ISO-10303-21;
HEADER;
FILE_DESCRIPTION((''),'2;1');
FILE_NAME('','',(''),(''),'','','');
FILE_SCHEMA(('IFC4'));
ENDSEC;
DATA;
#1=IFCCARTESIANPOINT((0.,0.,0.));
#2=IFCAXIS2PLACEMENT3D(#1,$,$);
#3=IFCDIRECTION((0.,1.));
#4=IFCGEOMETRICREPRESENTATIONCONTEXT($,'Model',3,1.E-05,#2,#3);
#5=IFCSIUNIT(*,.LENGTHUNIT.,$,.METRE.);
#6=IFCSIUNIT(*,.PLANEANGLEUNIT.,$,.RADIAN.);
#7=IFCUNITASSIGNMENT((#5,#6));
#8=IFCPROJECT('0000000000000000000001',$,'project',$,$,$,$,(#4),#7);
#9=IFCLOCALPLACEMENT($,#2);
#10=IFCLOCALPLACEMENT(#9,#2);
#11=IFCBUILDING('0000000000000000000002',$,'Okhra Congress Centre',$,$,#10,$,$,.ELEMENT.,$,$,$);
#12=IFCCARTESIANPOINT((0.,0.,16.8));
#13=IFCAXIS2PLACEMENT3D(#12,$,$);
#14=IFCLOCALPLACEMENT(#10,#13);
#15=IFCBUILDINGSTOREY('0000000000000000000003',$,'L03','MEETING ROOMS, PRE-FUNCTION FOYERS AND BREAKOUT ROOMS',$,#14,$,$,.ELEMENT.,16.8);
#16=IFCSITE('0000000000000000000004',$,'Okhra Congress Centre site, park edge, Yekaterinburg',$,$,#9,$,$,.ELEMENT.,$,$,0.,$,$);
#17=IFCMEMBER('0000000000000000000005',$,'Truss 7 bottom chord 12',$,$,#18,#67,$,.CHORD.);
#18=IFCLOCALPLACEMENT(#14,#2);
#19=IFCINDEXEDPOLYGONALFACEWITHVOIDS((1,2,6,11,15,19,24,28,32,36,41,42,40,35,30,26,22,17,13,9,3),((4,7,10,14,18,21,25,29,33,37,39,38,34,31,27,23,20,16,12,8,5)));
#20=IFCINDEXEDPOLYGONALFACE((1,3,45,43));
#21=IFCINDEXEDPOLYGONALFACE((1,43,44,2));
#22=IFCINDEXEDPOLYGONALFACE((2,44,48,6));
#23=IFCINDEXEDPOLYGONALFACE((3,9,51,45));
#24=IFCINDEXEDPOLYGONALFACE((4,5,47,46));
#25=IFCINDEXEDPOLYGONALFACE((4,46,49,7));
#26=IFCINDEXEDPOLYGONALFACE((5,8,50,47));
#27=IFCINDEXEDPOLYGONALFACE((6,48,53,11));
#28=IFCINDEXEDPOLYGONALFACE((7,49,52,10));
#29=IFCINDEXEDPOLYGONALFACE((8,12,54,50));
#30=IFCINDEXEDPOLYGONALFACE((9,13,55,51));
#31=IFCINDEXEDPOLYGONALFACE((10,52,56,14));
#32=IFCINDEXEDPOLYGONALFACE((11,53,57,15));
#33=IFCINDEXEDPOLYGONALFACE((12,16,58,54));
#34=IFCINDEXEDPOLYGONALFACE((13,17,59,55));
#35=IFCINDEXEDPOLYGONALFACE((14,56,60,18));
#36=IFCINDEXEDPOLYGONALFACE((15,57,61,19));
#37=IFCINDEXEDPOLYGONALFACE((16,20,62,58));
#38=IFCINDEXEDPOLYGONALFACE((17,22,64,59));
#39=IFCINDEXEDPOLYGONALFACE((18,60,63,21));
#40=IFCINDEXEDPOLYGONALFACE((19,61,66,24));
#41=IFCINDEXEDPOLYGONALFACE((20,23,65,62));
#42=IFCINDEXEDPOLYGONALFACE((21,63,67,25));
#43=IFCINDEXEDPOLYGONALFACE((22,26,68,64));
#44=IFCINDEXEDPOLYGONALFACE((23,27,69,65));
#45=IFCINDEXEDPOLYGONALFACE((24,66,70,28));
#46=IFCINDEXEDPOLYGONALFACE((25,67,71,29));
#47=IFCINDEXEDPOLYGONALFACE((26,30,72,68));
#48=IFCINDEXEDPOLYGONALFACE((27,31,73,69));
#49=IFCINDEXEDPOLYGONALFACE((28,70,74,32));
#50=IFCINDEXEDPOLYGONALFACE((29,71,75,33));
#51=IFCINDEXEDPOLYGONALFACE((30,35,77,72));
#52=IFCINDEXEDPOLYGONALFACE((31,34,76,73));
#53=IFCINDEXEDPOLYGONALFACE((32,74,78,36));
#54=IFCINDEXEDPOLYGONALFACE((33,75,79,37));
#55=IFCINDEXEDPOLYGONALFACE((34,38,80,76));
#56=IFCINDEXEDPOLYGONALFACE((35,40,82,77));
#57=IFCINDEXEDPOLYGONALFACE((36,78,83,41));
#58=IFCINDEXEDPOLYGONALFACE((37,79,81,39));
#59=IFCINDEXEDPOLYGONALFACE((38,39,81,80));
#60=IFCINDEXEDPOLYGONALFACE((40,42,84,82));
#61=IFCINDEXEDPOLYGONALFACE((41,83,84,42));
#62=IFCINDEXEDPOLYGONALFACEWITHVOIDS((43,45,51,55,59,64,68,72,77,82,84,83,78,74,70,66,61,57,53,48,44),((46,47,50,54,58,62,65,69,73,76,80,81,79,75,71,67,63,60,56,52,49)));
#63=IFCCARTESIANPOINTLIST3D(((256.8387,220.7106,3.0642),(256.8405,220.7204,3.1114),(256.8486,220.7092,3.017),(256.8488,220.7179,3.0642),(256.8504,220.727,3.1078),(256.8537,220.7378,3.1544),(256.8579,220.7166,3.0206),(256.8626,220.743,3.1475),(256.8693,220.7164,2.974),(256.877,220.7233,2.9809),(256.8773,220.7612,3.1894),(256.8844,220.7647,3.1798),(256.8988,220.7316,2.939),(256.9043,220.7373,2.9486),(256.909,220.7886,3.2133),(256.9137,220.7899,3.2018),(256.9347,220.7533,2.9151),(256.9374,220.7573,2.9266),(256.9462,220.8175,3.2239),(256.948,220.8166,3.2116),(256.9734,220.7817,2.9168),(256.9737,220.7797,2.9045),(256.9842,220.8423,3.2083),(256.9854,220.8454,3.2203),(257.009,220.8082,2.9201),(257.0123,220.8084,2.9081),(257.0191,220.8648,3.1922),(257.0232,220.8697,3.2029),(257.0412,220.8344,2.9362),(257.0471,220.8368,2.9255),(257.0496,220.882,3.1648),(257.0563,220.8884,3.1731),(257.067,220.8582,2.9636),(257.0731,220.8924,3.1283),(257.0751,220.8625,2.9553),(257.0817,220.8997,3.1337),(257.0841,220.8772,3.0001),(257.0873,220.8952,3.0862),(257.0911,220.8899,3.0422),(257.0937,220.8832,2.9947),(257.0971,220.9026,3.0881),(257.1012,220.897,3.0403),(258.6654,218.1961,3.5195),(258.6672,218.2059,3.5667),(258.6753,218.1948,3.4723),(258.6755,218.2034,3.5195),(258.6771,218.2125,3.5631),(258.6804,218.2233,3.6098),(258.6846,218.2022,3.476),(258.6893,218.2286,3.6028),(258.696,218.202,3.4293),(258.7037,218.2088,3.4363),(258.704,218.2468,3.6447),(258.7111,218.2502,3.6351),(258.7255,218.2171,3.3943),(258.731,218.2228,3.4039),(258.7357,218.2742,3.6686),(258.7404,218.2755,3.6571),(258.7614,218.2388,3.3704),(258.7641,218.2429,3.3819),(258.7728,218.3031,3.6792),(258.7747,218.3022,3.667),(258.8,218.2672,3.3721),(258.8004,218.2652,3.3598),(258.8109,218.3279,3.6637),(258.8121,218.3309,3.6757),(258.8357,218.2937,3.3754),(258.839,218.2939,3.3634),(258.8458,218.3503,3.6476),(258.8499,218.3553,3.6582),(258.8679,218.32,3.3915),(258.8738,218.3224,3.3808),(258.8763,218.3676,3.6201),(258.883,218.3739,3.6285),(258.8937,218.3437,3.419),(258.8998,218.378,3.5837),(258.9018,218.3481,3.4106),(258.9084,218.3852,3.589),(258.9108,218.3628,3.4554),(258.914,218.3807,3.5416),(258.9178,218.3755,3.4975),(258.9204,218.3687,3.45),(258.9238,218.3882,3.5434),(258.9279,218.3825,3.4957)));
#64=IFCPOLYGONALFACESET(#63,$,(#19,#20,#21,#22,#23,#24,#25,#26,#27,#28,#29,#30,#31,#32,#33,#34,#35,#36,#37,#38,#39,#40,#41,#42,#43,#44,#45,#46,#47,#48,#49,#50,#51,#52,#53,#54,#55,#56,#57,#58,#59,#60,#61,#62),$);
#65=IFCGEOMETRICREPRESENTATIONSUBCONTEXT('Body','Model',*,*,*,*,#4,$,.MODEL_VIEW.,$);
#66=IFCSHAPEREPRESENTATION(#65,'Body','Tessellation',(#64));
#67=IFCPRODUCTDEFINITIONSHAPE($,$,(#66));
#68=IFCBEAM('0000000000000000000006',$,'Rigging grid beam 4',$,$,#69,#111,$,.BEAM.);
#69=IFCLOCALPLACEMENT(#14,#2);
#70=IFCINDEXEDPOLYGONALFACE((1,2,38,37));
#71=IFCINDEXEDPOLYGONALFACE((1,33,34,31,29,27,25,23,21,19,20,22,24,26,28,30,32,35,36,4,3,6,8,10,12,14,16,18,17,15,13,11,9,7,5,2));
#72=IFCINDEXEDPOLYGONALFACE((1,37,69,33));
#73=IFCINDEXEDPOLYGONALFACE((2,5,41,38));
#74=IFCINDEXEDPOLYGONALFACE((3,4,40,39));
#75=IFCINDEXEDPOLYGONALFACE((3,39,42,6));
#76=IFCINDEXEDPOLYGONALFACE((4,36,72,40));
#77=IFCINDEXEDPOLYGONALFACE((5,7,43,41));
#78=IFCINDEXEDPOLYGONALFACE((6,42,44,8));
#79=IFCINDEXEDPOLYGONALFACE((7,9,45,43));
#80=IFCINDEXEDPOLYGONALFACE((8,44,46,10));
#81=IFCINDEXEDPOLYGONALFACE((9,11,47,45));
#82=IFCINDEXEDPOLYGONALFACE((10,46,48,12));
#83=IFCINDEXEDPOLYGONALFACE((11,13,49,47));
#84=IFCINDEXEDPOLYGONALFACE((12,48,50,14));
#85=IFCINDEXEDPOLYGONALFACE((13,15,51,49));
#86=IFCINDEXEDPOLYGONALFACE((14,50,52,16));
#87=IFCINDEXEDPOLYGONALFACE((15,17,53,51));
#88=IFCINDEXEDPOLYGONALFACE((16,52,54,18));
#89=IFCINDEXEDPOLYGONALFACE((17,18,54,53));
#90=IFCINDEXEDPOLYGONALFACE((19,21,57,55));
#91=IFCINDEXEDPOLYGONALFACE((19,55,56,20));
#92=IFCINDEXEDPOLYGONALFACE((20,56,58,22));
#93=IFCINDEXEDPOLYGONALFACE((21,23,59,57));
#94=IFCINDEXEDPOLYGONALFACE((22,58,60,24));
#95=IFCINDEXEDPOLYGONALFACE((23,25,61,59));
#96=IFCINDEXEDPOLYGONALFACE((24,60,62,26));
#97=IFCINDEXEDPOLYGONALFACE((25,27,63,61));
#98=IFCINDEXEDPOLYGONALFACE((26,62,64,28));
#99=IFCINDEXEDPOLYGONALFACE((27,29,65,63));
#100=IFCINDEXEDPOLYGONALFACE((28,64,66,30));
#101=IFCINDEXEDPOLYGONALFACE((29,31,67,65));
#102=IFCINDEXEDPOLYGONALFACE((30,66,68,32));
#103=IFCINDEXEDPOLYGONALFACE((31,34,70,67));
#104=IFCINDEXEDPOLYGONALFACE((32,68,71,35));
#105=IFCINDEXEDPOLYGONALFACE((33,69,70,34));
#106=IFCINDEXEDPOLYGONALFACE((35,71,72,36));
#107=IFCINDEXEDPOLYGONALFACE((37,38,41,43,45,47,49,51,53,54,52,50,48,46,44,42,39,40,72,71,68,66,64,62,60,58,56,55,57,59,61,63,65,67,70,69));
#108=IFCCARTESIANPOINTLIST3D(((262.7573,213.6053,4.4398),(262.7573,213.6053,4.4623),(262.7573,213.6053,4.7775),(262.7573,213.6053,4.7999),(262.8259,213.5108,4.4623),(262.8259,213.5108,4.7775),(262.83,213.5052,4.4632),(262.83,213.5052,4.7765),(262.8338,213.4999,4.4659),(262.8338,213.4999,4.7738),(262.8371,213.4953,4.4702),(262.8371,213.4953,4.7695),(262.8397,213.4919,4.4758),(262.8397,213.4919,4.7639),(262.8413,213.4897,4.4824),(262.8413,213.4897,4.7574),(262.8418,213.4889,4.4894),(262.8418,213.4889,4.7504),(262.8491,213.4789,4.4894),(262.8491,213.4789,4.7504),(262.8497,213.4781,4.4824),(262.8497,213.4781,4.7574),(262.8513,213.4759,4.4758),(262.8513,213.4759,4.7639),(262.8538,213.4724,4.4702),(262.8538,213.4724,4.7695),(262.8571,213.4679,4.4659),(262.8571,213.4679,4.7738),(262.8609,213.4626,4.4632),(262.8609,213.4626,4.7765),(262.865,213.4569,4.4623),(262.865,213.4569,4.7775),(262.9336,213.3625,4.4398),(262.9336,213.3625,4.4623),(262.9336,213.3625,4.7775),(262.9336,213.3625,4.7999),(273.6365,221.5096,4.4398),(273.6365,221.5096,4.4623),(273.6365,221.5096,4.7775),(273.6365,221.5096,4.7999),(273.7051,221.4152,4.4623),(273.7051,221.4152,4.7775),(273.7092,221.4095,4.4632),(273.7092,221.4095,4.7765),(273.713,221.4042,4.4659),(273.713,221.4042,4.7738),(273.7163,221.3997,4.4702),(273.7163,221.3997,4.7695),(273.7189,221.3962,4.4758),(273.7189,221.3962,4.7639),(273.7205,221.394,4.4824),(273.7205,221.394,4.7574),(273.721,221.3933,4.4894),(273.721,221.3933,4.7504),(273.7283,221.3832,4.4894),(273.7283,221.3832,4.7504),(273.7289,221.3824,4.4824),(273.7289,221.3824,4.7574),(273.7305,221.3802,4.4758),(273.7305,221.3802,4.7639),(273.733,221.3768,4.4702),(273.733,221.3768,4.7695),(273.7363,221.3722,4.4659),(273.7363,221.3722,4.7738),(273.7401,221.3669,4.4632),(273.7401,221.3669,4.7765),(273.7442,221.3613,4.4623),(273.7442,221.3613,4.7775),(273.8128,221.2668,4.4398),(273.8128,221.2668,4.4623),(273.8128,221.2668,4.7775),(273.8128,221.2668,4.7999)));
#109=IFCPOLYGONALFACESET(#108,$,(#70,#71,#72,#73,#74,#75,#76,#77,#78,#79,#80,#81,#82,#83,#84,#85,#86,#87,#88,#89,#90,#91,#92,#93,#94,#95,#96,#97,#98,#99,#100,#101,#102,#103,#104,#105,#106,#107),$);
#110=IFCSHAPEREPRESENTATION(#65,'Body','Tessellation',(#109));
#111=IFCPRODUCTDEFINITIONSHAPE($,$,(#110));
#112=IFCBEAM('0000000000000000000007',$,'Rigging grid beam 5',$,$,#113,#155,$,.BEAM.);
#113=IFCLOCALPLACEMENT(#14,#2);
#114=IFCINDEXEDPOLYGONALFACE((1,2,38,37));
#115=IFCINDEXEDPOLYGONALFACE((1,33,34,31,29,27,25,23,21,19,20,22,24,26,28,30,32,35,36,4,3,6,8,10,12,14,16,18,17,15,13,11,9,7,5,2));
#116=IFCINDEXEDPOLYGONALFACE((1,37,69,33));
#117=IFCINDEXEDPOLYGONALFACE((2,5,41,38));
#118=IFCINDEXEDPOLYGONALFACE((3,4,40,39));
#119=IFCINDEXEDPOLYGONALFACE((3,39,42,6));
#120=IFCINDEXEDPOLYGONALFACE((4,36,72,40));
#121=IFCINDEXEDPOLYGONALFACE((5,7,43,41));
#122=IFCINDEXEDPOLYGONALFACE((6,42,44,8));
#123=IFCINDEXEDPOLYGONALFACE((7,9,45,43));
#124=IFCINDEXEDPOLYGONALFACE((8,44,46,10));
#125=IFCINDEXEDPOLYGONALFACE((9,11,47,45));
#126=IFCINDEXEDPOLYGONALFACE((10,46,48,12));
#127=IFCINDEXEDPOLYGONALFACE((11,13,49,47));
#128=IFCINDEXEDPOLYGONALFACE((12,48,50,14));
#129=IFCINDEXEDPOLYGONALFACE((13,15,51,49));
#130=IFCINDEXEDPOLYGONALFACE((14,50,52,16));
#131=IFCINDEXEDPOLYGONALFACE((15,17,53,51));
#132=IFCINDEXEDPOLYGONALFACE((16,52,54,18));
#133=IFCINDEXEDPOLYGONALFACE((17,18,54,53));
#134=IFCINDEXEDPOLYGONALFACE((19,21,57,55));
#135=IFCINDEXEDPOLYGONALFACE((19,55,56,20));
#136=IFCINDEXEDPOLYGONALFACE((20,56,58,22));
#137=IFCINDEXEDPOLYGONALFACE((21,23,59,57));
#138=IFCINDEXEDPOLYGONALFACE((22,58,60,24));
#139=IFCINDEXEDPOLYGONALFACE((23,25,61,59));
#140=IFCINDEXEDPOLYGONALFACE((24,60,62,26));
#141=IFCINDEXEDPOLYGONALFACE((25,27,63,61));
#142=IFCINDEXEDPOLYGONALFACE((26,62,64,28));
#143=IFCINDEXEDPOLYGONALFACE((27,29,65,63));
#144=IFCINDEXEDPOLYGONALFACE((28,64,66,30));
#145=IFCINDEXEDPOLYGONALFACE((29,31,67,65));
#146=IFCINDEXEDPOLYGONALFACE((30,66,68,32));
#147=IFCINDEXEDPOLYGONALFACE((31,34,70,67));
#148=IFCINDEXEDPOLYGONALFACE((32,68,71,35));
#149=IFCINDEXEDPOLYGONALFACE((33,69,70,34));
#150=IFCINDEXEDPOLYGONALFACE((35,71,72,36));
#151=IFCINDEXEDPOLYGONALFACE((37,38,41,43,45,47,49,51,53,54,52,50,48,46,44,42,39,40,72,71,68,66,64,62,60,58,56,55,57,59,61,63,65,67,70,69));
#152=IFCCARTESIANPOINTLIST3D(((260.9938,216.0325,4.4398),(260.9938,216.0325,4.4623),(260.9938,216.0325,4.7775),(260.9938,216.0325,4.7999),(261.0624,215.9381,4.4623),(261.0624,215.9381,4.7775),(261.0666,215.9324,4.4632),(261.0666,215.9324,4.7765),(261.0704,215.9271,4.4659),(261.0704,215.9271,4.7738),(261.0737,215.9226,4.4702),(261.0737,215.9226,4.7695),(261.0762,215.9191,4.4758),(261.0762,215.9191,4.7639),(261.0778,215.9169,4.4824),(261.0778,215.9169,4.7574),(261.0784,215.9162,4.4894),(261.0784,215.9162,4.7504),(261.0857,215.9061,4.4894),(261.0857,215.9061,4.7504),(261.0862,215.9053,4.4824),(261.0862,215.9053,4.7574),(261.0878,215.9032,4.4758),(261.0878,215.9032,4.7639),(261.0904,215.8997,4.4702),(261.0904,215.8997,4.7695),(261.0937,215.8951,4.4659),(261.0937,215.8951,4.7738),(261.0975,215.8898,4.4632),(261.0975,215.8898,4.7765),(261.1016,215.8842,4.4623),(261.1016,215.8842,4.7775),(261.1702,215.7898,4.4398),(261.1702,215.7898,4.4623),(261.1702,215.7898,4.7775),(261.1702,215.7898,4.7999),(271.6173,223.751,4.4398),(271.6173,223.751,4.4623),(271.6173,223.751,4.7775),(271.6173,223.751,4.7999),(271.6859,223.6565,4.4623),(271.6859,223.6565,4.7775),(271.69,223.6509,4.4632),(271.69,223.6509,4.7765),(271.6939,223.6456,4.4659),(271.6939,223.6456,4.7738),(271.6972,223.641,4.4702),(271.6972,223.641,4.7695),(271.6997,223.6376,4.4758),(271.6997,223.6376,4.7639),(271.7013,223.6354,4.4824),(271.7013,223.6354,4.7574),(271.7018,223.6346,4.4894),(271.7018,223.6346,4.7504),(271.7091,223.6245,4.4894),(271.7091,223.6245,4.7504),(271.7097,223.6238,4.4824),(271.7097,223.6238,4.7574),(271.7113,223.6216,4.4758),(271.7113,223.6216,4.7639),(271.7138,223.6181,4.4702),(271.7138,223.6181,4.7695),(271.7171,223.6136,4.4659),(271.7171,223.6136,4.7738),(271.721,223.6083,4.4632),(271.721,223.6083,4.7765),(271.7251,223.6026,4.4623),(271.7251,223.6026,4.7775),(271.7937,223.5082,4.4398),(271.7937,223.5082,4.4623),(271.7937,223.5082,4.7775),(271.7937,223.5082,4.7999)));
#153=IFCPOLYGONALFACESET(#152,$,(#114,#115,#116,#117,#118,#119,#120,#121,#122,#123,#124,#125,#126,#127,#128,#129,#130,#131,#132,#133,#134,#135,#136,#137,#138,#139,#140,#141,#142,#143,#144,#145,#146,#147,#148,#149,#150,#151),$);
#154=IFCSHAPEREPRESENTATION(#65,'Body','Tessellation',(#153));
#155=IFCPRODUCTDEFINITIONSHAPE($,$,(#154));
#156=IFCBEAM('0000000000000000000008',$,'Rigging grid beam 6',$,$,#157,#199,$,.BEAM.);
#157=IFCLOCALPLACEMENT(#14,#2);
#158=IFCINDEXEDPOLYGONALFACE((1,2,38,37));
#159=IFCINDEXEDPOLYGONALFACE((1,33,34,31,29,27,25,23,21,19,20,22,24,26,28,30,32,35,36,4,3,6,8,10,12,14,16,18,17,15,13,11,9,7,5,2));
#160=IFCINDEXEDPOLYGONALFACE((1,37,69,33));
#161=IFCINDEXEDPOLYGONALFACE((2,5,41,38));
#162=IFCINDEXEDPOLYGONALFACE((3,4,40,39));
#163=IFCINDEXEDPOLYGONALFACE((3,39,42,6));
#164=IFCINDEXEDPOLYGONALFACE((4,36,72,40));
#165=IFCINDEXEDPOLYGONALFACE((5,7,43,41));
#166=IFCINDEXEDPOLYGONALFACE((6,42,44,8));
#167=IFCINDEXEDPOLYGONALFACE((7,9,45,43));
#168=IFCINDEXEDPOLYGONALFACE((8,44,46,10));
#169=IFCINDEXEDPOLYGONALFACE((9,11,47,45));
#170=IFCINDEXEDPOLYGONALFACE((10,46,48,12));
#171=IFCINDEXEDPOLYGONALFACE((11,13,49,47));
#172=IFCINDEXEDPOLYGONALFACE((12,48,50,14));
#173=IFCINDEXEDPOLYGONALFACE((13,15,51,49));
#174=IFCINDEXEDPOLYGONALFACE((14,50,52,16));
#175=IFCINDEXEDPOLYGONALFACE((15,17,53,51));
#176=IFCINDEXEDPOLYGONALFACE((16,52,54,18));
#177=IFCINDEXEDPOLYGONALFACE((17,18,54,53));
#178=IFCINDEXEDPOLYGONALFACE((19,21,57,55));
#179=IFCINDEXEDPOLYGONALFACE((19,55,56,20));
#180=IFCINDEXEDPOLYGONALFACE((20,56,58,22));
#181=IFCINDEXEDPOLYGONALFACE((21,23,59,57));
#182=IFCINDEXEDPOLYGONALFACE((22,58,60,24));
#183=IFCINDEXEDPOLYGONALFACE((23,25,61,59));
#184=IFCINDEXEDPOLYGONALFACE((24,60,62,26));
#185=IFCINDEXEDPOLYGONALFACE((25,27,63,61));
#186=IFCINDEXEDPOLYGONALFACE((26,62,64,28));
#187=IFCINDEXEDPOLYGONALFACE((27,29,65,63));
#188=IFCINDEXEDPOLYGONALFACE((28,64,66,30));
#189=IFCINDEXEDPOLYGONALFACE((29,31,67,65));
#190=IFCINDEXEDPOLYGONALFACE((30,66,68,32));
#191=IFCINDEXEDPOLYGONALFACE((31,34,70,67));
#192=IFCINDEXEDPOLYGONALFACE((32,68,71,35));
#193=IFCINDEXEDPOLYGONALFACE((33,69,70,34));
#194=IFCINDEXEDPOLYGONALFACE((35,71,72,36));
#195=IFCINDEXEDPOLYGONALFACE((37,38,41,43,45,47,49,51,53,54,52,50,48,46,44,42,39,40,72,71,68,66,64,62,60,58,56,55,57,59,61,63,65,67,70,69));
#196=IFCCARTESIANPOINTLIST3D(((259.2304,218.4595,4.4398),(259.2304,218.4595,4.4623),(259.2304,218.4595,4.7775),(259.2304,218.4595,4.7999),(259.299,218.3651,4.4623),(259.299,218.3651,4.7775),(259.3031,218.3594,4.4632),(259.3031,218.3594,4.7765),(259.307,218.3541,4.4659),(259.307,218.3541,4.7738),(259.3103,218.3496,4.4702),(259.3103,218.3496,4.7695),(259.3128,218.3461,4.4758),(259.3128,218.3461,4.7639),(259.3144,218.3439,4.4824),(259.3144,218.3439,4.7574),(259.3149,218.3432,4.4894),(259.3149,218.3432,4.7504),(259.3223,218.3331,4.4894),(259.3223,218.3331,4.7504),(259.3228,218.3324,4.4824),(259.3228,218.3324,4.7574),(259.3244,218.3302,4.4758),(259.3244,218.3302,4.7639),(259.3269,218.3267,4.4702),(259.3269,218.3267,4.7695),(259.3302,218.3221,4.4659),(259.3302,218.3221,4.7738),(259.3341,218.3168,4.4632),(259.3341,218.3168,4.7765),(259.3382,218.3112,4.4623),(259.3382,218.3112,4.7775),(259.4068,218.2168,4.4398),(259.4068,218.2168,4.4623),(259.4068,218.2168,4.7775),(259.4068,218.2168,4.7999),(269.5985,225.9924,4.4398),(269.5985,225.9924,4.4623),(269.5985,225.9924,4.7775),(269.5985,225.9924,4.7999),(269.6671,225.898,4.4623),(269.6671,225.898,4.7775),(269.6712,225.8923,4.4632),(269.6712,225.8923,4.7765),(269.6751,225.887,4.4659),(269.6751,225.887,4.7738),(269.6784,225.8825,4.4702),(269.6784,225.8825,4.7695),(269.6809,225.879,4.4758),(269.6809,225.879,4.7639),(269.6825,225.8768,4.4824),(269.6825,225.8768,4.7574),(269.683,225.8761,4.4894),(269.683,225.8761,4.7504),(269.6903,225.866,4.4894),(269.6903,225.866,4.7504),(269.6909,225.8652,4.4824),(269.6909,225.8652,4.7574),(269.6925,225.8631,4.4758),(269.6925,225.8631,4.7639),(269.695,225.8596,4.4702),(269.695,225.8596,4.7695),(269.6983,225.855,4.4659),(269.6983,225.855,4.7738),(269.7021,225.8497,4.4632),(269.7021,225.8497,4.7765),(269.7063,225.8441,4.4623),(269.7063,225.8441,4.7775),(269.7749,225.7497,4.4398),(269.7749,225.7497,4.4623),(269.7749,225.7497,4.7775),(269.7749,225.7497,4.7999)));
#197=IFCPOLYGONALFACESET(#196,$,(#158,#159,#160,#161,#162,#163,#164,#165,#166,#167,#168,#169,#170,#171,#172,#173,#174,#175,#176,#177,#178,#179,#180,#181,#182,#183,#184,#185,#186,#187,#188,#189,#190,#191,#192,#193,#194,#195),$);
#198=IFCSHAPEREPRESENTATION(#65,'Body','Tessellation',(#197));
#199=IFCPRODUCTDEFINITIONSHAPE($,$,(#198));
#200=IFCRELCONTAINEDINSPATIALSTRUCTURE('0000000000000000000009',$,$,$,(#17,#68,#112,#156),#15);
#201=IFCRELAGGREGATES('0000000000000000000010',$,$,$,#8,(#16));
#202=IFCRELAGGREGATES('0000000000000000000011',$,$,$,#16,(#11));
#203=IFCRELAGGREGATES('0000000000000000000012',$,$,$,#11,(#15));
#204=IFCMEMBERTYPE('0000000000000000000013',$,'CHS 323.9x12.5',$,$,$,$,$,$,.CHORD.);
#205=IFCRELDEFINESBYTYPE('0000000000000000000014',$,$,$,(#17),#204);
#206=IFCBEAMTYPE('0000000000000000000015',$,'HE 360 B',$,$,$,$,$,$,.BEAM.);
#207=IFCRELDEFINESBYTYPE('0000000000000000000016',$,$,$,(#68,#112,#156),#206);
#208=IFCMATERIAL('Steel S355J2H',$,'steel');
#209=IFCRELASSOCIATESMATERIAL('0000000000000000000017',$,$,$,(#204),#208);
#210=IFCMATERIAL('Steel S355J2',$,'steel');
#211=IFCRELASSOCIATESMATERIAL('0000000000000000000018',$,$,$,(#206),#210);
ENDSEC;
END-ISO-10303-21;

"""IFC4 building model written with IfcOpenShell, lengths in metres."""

from ifc_helpers import new_model, si_unit, direction, frame, origin, origin_2d, place, context, subcontext, project, spatial, hollow_circle, i_section, extrude, material, material_profile, profile_set, type_object, element, save


model = new_model("IFC4")

# Units and contexts
model_context = context("Model", 3, precision=1e-05, world=origin(), true_north=direction((0.0, 1.0)))
body_context = subcontext(model_context, "Body", "Model", "MODEL_VIEW")
ifc_project = project(units=[si_unit("LENGTHUNIT", "METRE"), si_unit("PLANEANGLEUNIT", "RADIAN")], contexts=[model_context])

# Site, building, storey
site_placement = place(None, origin())
site = spatial("IfcSite", under=ifc_project, at=site_placement, Name="Okhra Congress Centre site, park edge, Yekaterinburg", CompositionType="ELEMENT", RefElevation=0.0)
building_placement = place(site_placement, origin())
building = spatial("IfcBuilding", under=site, at=building_placement, Name="Okhra Congress Centre", CompositionType="ELEMENT")
storey_placement = place(building_placement, frame((0.0, 0.0, 16.8)))
storey = spatial("IfcBuildingStorey", under=building, at=storey_placement, Name="L03", Description="MEETING ROOMS, PRE-FUNCTION FOYERS AND BREAKOUT ROOMS", CompositionType="ELEMENT", Elevation=16.8)

# Member
ifc_material_1 = material(Name="Steel S355J2H", Category="steel")
ifc_material_profile_1 = material_profile(ifc_material_1, hollow_circle(Radius=0.1619, WallThickness=0.0125, at=origin_2d()), Name="CHS 323.9x12.5")
ifc_profile_set_1 = profile_set([ifc_material_profile_1], Name="Steel S355J2H")
member_type_1 = type_object("IfcMemberType", Name="CHS 323.9x12.5", PredefinedType="CHORD", material=ifc_profile_set_1)
member_1_placement = place(storey_placement, frame((258.7964, 218.2913, 3.5195), z_axis=(-0.581543, 0.800496, -0.144958), x_axis=(-0.809042, -0.587751, 0.0)))
element("IfcMember", 1, at=member_1_placement, inside=storey, type_object=member_type_1, Name="Truss 7 bottom chord 12", PredefinedType="CHORD", context=body_context, shape_type="SweptSolid", body=[
    extrude(hollow_circle(Radius=0.1619, WallThickness=0.0125, at=origin_2d()), origin(), (0.0, 0.0, 1.0), 3.1411),
])

# Beams
ifc_material_2 = material(Name="Steel S355J2", Category="steel")
ifc_material_profile_2 = material_profile(ifc_material_2, i_section(OverallWidth=0.3, OverallDepth=0.3601, WebThickness=0.0125, FlangeThickness=0.0225, FilletRadius=0.0271, at=origin_2d()), Name="HE 360 B")
ifc_profile_set_2 = profile_set([ifc_material_profile_2], Name="Steel S355J2")
beam_type = type_object("IfcBeamType", Name="HE 360 B", PredefinedType="BEAM", material=ifc_profile_set_2)
beam_1_placement = place(storey_placement, frame((262.8455, 213.4839, 4.6199), z_axis=(0.809012, 0.587792, 0.0), x_axis=(-0.587792, 0.809012, 0.0)))
element("IfcBeam", 2, at=beam_1_placement, inside=storey, type_object=beam_type, Name="Rigging grid beam 4", PredefinedType="BEAM", context=body_context, shape_type="SweptSolid", body=[
    extrude(i_section(OverallWidth=0.3, OverallDepth=0.3601, WebThickness=0.0125, FlangeThickness=0.0225, FilletRadius=0.0271, at=origin_2d()), origin(), (0.0, 0.0, 1.0), 13.4475),
])
beam_2_placement = place(storey_placement, frame((261.082, 215.9111, 4.6199), z_axis=(0.809015, 0.587788, 0.0), x_axis=(-0.587788, 0.809015, 0.0)))
element("IfcBeam", 3, at=beam_2_placement, inside=storey, type_object=beam_type, Name="Rigging grid beam 5", PredefinedType="BEAM", context=body_context, shape_type="SweptSolid", body=[
    extrude(i_section(OverallWidth=0.3, OverallDepth=0.3601, WebThickness=0.0125, FlangeThickness=0.0225, FilletRadius=0.0271, at=origin_2d()), origin(), (0.0, 0.0, 1.0), 13.1313),
])
beam_3_placement = place(storey_placement, frame((259.3186, 218.3381, 4.6199), z_axis=(0.809015, 0.587788, 0.0), x_axis=(-0.587788, 0.809015, 0.0)))
element("IfcBeam", 4, at=beam_3_placement, inside=storey, type_object=beam_type, Name="Rigging grid beam 6", PredefinedType="BEAM", context=body_context, shape_type="SweptSolid", body=[
    extrude(i_section(OverallWidth=0.3, OverallDepth=0.3601, WebThickness=0.0125, FlangeThickness=0.0225, FilletRadius=0.0271, at=origin_2d()), origin(), (0.0, 0.0, 1.0), 12.8157),
])

save(model, "model.ifc")
